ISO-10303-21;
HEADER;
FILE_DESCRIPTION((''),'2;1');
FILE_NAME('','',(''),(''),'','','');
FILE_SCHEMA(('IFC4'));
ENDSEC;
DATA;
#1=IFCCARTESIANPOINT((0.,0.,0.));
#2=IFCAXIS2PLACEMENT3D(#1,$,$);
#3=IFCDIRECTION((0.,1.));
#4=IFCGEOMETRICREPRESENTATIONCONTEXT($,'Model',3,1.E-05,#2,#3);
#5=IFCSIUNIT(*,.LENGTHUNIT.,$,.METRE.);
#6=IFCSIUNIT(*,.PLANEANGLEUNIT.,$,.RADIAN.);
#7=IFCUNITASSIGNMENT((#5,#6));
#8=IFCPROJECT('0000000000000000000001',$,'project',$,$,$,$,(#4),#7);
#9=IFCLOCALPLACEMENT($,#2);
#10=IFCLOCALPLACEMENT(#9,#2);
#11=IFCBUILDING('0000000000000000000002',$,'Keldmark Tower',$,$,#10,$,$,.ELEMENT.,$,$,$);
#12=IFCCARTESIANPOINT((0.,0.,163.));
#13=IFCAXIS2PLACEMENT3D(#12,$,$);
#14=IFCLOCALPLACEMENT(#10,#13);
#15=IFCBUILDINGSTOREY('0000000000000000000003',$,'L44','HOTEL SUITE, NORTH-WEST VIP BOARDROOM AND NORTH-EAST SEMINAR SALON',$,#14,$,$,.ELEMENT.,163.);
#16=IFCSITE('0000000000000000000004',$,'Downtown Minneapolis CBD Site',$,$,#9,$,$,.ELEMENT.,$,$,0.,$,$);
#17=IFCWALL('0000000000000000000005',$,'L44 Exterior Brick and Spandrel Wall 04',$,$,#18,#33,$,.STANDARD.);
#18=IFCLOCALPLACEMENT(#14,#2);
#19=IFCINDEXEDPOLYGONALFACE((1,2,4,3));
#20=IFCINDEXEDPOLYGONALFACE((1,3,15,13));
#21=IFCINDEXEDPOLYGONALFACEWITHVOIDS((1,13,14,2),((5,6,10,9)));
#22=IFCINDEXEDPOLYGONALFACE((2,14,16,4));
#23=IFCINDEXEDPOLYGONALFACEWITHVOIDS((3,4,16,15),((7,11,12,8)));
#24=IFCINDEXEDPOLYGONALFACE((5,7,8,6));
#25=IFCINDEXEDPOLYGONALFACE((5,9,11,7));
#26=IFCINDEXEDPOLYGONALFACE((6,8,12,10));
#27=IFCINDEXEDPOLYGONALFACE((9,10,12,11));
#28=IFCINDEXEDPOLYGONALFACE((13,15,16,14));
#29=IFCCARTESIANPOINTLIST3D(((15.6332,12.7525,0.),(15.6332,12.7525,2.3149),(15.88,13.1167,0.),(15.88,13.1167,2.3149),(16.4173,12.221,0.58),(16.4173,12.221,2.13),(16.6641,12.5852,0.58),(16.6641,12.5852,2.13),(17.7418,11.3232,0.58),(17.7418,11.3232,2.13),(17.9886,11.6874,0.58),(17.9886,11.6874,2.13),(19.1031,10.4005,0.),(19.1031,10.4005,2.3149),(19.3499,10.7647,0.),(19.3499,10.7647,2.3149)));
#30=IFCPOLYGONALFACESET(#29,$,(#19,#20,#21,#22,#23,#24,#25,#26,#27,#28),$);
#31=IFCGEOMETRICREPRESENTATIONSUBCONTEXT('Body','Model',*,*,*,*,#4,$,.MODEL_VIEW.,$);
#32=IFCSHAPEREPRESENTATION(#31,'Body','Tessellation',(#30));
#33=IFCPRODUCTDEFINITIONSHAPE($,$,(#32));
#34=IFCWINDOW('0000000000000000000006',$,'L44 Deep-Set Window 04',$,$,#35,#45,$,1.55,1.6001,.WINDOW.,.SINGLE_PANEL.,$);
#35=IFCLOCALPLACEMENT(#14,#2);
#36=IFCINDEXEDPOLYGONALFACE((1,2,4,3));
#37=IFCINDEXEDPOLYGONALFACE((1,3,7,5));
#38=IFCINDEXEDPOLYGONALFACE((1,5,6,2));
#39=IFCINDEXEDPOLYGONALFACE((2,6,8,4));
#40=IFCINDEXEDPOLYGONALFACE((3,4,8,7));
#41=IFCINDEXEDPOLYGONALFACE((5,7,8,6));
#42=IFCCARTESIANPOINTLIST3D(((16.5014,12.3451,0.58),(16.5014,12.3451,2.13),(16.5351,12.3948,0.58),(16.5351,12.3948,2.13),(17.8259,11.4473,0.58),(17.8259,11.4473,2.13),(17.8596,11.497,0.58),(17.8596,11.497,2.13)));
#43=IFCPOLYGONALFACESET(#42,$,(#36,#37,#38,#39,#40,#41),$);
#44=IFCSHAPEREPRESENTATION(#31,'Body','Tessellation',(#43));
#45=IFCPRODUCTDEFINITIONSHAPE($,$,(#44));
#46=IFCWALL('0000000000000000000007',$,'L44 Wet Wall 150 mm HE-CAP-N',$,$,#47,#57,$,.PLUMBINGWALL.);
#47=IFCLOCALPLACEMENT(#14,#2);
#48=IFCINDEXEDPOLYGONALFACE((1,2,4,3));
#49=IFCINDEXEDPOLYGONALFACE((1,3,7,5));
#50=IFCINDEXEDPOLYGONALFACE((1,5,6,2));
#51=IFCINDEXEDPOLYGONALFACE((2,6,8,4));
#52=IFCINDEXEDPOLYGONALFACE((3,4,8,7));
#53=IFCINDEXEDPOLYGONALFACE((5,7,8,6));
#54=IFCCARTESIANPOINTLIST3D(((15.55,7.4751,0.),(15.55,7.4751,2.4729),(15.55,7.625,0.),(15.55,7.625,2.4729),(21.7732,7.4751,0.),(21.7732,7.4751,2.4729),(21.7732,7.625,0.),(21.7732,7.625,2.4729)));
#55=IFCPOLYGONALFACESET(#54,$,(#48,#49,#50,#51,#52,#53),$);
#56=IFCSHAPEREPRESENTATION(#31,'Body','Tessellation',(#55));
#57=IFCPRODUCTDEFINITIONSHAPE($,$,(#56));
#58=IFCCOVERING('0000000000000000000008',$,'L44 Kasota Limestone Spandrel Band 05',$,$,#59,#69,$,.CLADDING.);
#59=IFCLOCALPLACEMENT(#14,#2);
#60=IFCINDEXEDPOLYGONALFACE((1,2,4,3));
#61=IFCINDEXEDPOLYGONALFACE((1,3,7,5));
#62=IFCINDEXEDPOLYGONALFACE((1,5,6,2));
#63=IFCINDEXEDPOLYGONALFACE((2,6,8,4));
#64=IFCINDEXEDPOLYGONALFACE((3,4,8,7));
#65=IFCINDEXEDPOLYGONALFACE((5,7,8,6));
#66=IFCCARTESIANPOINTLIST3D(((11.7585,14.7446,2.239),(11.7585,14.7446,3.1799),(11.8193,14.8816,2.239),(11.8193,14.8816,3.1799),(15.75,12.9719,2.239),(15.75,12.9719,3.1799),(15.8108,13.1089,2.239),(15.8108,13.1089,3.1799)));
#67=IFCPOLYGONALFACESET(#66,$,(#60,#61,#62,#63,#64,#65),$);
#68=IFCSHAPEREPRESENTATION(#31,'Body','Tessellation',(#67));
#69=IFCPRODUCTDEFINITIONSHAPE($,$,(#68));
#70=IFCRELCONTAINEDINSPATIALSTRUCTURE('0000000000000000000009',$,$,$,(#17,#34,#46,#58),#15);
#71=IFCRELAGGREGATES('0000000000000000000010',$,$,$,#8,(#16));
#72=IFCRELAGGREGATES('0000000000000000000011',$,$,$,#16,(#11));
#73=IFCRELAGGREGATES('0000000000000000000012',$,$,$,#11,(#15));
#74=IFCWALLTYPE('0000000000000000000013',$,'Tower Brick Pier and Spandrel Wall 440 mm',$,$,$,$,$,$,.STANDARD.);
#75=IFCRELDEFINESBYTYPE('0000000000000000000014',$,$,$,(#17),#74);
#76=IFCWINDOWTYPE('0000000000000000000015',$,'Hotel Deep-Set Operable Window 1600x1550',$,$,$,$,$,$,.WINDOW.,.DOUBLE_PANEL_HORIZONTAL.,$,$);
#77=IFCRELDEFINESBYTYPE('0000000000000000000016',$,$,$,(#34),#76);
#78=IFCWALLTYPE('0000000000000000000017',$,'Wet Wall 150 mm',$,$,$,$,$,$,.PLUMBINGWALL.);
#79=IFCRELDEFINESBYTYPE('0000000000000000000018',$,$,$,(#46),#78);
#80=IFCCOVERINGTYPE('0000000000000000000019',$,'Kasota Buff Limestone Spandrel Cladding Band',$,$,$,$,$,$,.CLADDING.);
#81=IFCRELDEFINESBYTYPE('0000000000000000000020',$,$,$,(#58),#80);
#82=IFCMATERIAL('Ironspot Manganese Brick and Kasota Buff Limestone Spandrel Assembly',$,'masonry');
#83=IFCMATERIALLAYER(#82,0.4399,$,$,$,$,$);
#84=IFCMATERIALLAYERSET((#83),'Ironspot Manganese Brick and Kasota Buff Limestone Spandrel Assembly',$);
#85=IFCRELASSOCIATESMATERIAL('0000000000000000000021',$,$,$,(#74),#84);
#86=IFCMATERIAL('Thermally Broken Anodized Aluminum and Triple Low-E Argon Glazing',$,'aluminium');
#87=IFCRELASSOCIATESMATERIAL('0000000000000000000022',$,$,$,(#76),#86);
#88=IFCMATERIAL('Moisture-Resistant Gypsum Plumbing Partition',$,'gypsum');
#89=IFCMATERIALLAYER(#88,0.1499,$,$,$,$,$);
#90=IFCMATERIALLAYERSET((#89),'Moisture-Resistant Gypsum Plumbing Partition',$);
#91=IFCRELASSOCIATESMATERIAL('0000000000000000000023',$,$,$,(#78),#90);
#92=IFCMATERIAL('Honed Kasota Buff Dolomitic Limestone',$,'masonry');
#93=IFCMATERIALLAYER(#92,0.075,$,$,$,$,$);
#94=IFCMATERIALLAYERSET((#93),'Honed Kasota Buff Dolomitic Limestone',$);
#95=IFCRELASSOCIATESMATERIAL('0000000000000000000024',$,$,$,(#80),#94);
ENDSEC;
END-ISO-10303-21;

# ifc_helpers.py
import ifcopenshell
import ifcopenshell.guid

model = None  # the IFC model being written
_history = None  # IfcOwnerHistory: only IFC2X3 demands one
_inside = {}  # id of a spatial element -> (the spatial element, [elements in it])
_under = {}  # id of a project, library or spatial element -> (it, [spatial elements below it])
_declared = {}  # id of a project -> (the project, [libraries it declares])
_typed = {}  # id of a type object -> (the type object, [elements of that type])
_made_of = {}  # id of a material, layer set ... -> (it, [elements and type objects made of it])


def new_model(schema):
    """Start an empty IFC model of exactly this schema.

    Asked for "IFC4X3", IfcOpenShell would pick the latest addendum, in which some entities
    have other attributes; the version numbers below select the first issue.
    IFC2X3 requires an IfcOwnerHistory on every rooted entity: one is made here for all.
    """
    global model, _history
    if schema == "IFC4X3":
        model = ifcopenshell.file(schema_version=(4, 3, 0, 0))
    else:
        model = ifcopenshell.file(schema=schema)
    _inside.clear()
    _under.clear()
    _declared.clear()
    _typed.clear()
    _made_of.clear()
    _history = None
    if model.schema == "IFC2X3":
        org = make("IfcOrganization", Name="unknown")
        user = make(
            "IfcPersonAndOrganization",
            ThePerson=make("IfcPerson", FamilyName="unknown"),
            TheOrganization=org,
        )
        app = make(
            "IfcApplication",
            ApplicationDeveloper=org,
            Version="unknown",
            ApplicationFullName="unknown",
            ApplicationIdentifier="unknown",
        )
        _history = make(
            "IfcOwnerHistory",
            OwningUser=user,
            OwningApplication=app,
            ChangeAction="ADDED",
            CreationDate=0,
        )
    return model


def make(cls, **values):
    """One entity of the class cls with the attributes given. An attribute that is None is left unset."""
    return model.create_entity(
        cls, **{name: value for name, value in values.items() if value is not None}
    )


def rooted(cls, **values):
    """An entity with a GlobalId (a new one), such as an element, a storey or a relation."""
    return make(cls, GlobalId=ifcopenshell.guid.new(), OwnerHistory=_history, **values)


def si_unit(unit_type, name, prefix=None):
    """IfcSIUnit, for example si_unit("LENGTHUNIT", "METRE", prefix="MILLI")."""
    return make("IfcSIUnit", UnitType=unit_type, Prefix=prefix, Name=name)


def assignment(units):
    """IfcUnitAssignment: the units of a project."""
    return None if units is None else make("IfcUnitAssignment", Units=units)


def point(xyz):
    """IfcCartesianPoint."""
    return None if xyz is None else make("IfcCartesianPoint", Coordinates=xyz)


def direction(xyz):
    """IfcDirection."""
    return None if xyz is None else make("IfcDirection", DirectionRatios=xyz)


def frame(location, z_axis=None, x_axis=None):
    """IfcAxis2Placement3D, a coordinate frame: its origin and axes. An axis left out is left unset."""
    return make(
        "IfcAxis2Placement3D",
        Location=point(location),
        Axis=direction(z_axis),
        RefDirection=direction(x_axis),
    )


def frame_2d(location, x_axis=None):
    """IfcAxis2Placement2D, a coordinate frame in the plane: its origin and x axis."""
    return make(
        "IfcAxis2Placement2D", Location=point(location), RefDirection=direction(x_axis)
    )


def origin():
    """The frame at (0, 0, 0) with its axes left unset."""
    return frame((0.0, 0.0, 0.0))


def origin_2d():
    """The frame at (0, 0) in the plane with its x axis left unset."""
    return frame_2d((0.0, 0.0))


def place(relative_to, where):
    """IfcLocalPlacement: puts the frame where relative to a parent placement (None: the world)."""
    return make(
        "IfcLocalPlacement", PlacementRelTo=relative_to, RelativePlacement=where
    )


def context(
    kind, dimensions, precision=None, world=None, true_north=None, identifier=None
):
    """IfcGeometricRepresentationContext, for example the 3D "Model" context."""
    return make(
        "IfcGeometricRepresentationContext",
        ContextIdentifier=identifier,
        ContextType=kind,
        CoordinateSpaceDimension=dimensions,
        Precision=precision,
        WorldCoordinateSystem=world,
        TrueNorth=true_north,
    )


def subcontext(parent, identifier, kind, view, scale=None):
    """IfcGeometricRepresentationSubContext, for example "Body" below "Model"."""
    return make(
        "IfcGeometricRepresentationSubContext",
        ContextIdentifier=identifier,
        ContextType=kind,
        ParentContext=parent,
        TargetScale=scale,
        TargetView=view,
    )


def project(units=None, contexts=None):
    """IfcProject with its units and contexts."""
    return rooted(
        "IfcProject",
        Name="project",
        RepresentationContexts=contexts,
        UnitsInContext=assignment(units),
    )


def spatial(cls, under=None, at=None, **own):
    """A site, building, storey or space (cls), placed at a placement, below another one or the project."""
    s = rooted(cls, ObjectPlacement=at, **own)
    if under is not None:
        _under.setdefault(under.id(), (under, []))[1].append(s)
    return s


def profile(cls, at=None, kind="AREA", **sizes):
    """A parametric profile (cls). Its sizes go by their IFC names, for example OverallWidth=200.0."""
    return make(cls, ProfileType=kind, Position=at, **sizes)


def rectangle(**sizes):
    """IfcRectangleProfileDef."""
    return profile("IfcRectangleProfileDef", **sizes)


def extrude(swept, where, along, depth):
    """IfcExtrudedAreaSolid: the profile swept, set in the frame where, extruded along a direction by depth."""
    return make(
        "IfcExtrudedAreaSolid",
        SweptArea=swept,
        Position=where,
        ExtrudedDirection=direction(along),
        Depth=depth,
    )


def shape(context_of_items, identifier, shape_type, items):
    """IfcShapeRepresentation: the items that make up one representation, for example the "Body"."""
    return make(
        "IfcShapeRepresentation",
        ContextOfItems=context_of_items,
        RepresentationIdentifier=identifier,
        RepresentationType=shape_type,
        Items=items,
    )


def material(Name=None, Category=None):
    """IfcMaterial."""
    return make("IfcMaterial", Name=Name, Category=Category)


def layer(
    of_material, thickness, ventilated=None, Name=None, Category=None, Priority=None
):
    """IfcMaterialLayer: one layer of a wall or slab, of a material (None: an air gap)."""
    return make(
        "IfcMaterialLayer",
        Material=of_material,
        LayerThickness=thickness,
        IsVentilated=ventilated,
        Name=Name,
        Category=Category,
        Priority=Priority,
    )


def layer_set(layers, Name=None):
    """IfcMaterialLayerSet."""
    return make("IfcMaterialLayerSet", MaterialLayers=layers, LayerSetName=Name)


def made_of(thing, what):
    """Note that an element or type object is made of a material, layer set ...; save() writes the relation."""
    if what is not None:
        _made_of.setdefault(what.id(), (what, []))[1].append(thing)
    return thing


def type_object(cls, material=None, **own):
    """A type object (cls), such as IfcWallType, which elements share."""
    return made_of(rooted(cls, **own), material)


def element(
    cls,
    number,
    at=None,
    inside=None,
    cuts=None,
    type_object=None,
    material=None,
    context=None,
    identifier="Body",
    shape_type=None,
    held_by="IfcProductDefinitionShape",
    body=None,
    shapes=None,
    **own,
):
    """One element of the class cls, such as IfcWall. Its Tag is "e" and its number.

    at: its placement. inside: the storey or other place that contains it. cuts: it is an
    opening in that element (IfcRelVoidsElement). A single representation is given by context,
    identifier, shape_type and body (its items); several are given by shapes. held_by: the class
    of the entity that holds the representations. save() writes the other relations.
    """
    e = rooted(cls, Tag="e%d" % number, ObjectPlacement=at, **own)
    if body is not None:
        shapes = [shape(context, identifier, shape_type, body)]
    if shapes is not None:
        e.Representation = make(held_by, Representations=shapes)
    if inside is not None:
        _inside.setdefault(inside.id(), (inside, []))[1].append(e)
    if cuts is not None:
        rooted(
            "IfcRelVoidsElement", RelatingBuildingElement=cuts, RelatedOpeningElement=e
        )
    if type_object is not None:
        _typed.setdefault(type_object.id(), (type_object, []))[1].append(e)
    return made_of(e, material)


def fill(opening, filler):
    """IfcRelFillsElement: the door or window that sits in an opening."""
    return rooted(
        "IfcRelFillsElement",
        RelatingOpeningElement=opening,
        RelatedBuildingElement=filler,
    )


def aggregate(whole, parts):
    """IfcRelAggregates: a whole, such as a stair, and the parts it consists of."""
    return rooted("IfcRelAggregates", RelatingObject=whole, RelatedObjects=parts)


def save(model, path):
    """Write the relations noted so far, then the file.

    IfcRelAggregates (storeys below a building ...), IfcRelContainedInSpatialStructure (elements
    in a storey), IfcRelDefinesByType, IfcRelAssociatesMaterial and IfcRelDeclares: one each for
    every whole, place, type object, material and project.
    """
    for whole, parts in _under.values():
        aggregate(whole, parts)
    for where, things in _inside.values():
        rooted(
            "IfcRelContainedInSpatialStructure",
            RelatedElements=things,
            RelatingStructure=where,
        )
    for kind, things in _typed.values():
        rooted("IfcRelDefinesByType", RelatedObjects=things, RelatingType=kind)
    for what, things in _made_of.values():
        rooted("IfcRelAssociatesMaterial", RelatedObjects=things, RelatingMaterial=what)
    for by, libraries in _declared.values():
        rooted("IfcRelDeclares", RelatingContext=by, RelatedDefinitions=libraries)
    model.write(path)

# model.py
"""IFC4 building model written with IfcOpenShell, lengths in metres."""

from ifc_helpers import new_model, si_unit, direction, frame, frame_2d, origin, origin_2d, place, context, subcontext, project, spatial, rectangle, extrude, material, layer, layer_set, type_object, element, fill, save


model = new_model("IFC4")

# Units and contexts
model_context = context("Model", 3, precision=1e-05, world=origin(), true_north=direction((0.0, 1.0)))
body_context = subcontext(model_context, "Body", "Model", "MODEL_VIEW")
ifc_project = project(units=[si_unit("LENGTHUNIT", "METRE"), si_unit("PLANEANGLEUNIT", "RADIAN")], contexts=[model_context])

# Site, building, storey
site_placement = place(None, origin())
site = spatial("IfcSite", under=ifc_project, at=site_placement, Name="Downtown Minneapolis CBD Site", CompositionType="ELEMENT", RefElevation=0.0)
building_placement = place(site_placement, origin())
building = spatial("IfcBuilding", under=site, at=building_placement, Name="Keldmark Tower", CompositionType="ELEMENT")
storey_placement = place(building_placement, frame((0.0, 0.0, 163.0)))
storey = spatial("IfcBuildingStorey", under=building, at=storey_placement, Name="L44", Description="HOTEL SUITE, NORTH-WEST VIP BOARDROOM AND NORTH-EAST SEMINAR SALON", CompositionType="ELEMENT", Elevation=163.0)

# Wall, opening, window
ifc_material_1 = material(Name="Ironspot Manganese Brick and Kasota Buff Limestone Spandrel Assembly", Category="masonry")
ifc_layer_1 = layer(ifc_material_1, 0.4399)
ifc_layer_set_1 = layer_set([ifc_layer_1], Name="Ironspot Manganese Brick and Kasota Buff Limestone Spandrel Assembly")
wall_type_1 = type_object("IfcWallType", Name="Tower Brick Pier and Spandrel Wall 440 mm", PredefinedType="STANDARD", material=ifc_layer_set_1)
ifc_material_2 = material(Name="Thermally Broken Anodized Aluminum and Triple Low-E Argon Glazing", Category="aluminium")
window_type_1 = type_object("IfcWindowType", Name="Hotel Deep-Set Operable Window 1600x1550", PartitioningType="DOUBLE_PANEL_HORIZONTAL", PredefinedType="WINDOW", material=ifc_material_2)
wall_1_placement = place(storey_placement, frame((15.7566, 12.9346, 0.0), z_axis=(0.0, 0.0, 1.0), x_axis=(0.827761, -0.561081, 0.0)))
wall_1 = element("IfcWall", 1, at=wall_1_placement, inside=storey, type_object=wall_type_1, Name="L44 Exterior Brick and Spandrel Wall 04", PredefinedType="STANDARD", context=body_context, shape_type="SweptSolid", body=[
    extrude(rectangle(XDim=4.1919, YDim=0.4399, at=frame_2d((2.0959, 0.0))), origin(), (0.0, 0.0, 1.0), 2.3149),
])
opening_1_placement = place(wall_1_placement, frame((0.9473, 0.0, 0.5801)))
opening_1 = element("IfcOpeningElement", 2, at=opening_1_placement, cuts=wall_1, PredefinedType="OPENING", context=body_context, shape_type="SweptSolid", body=[
    extrude(rectangle(XDim=1.6001, YDim=1.55, at=frame_2d((0.8, 0.7749))), frame((0.0, 0.23, 0.0), z_axis=(0.0, -1.0, 0.0), x_axis=(1.0, 0.0, 0.0)), (0.0, 0.0, 1.0), 0.46),
])
window_1_placement = place(opening_1_placement, origin())
window_1 = element("IfcWindow", 3, at=window_1_placement, inside=storey, type_object=window_type_1, Name="L44 Deep-Set Window 04", OverallHeight=1.55, OverallWidth=1.6001, PartitioningType="SINGLE_PANEL", PredefinedType="WINDOW", context=body_context, shape_type="SweptSolid", body=[
    extrude(rectangle(XDim=1.6001, YDim=1.55, at=frame_2d((0.8, 0.7749))), frame((0.0, -0.01, 0.0), z_axis=(0.0, -1.0, 0.0), x_axis=(1.0, 0.0, 0.0)), (0.0, 0.0, 1.0), 0.0601),
])
fill(opening_1, window_1)

# Wall
ifc_material_3 = material(Name="Moisture-Resistant Gypsum Plumbing Partition", Category="gypsum")
ifc_layer_2 = layer(ifc_material_3, 0.1499)
ifc_layer_set_2 = layer_set([ifc_layer_2], Name="Moisture-Resistant Gypsum Plumbing Partition")
wall_type_2 = type_object("IfcWallType", Name="Wet Wall 150 mm", PredefinedType="PLUMBINGWALL", material=ifc_layer_set_2)
wall_2_placement = place(storey_placement, frame((15.55, 7.55, 0.0), z_axis=(0.0, 0.0, 1.0), x_axis=(1.0, 0.0, 0.0)))
element("IfcWall", 4, at=wall_2_placement, inside=storey, type_object=wall_type_2, Name="L44 Wet Wall 150 mm HE-CAP-N", PredefinedType="PLUMBINGWALL", context=body_context, shape_type="SweptSolid", body=[
    extrude(rectangle(XDim=6.2231, YDim=0.1499, at=frame_2d((3.1116, 0.0))), origin(), (0.0, 0.0, 1.0), 2.4729),
])

# Covering
ifc_material_4 = material(Name="Honed Kasota Buff Dolomitic Limestone", Category="masonry")
ifc_layer_3 = layer(ifc_material_4, 0.075)
ifc_layer_set_3 = layer_set([ifc_layer_3], Name="Honed Kasota Buff Dolomitic Limestone")
covering_type = type_object("IfcCoveringType", Name="Kasota Buff Limestone Spandrel Cladding Band", PredefinedType="CLADDING", material=ifc_layer_set_3)
covering_placement = place(storey_placement, frame((13.7847, 13.9268, 2.239), z_axis=(0.0, 0.0, 1.0), x_axis=(-0.913921, 0.405891, 0.0)))
element("IfcCovering", 5, at=covering_placement, inside=storey, type_object=covering_type, Name="L44 Kasota Limestone Spandrel Band 05", PredefinedType="CLADDING", context=body_context, shape_type="SweptSolid", body=[
    extrude(rectangle(XDim=4.3674, YDim=0.1499, at=origin_2d()), origin(), (0.0, 0.0, 1.0), 0.9409),
])

save(model, "model.ifc")
